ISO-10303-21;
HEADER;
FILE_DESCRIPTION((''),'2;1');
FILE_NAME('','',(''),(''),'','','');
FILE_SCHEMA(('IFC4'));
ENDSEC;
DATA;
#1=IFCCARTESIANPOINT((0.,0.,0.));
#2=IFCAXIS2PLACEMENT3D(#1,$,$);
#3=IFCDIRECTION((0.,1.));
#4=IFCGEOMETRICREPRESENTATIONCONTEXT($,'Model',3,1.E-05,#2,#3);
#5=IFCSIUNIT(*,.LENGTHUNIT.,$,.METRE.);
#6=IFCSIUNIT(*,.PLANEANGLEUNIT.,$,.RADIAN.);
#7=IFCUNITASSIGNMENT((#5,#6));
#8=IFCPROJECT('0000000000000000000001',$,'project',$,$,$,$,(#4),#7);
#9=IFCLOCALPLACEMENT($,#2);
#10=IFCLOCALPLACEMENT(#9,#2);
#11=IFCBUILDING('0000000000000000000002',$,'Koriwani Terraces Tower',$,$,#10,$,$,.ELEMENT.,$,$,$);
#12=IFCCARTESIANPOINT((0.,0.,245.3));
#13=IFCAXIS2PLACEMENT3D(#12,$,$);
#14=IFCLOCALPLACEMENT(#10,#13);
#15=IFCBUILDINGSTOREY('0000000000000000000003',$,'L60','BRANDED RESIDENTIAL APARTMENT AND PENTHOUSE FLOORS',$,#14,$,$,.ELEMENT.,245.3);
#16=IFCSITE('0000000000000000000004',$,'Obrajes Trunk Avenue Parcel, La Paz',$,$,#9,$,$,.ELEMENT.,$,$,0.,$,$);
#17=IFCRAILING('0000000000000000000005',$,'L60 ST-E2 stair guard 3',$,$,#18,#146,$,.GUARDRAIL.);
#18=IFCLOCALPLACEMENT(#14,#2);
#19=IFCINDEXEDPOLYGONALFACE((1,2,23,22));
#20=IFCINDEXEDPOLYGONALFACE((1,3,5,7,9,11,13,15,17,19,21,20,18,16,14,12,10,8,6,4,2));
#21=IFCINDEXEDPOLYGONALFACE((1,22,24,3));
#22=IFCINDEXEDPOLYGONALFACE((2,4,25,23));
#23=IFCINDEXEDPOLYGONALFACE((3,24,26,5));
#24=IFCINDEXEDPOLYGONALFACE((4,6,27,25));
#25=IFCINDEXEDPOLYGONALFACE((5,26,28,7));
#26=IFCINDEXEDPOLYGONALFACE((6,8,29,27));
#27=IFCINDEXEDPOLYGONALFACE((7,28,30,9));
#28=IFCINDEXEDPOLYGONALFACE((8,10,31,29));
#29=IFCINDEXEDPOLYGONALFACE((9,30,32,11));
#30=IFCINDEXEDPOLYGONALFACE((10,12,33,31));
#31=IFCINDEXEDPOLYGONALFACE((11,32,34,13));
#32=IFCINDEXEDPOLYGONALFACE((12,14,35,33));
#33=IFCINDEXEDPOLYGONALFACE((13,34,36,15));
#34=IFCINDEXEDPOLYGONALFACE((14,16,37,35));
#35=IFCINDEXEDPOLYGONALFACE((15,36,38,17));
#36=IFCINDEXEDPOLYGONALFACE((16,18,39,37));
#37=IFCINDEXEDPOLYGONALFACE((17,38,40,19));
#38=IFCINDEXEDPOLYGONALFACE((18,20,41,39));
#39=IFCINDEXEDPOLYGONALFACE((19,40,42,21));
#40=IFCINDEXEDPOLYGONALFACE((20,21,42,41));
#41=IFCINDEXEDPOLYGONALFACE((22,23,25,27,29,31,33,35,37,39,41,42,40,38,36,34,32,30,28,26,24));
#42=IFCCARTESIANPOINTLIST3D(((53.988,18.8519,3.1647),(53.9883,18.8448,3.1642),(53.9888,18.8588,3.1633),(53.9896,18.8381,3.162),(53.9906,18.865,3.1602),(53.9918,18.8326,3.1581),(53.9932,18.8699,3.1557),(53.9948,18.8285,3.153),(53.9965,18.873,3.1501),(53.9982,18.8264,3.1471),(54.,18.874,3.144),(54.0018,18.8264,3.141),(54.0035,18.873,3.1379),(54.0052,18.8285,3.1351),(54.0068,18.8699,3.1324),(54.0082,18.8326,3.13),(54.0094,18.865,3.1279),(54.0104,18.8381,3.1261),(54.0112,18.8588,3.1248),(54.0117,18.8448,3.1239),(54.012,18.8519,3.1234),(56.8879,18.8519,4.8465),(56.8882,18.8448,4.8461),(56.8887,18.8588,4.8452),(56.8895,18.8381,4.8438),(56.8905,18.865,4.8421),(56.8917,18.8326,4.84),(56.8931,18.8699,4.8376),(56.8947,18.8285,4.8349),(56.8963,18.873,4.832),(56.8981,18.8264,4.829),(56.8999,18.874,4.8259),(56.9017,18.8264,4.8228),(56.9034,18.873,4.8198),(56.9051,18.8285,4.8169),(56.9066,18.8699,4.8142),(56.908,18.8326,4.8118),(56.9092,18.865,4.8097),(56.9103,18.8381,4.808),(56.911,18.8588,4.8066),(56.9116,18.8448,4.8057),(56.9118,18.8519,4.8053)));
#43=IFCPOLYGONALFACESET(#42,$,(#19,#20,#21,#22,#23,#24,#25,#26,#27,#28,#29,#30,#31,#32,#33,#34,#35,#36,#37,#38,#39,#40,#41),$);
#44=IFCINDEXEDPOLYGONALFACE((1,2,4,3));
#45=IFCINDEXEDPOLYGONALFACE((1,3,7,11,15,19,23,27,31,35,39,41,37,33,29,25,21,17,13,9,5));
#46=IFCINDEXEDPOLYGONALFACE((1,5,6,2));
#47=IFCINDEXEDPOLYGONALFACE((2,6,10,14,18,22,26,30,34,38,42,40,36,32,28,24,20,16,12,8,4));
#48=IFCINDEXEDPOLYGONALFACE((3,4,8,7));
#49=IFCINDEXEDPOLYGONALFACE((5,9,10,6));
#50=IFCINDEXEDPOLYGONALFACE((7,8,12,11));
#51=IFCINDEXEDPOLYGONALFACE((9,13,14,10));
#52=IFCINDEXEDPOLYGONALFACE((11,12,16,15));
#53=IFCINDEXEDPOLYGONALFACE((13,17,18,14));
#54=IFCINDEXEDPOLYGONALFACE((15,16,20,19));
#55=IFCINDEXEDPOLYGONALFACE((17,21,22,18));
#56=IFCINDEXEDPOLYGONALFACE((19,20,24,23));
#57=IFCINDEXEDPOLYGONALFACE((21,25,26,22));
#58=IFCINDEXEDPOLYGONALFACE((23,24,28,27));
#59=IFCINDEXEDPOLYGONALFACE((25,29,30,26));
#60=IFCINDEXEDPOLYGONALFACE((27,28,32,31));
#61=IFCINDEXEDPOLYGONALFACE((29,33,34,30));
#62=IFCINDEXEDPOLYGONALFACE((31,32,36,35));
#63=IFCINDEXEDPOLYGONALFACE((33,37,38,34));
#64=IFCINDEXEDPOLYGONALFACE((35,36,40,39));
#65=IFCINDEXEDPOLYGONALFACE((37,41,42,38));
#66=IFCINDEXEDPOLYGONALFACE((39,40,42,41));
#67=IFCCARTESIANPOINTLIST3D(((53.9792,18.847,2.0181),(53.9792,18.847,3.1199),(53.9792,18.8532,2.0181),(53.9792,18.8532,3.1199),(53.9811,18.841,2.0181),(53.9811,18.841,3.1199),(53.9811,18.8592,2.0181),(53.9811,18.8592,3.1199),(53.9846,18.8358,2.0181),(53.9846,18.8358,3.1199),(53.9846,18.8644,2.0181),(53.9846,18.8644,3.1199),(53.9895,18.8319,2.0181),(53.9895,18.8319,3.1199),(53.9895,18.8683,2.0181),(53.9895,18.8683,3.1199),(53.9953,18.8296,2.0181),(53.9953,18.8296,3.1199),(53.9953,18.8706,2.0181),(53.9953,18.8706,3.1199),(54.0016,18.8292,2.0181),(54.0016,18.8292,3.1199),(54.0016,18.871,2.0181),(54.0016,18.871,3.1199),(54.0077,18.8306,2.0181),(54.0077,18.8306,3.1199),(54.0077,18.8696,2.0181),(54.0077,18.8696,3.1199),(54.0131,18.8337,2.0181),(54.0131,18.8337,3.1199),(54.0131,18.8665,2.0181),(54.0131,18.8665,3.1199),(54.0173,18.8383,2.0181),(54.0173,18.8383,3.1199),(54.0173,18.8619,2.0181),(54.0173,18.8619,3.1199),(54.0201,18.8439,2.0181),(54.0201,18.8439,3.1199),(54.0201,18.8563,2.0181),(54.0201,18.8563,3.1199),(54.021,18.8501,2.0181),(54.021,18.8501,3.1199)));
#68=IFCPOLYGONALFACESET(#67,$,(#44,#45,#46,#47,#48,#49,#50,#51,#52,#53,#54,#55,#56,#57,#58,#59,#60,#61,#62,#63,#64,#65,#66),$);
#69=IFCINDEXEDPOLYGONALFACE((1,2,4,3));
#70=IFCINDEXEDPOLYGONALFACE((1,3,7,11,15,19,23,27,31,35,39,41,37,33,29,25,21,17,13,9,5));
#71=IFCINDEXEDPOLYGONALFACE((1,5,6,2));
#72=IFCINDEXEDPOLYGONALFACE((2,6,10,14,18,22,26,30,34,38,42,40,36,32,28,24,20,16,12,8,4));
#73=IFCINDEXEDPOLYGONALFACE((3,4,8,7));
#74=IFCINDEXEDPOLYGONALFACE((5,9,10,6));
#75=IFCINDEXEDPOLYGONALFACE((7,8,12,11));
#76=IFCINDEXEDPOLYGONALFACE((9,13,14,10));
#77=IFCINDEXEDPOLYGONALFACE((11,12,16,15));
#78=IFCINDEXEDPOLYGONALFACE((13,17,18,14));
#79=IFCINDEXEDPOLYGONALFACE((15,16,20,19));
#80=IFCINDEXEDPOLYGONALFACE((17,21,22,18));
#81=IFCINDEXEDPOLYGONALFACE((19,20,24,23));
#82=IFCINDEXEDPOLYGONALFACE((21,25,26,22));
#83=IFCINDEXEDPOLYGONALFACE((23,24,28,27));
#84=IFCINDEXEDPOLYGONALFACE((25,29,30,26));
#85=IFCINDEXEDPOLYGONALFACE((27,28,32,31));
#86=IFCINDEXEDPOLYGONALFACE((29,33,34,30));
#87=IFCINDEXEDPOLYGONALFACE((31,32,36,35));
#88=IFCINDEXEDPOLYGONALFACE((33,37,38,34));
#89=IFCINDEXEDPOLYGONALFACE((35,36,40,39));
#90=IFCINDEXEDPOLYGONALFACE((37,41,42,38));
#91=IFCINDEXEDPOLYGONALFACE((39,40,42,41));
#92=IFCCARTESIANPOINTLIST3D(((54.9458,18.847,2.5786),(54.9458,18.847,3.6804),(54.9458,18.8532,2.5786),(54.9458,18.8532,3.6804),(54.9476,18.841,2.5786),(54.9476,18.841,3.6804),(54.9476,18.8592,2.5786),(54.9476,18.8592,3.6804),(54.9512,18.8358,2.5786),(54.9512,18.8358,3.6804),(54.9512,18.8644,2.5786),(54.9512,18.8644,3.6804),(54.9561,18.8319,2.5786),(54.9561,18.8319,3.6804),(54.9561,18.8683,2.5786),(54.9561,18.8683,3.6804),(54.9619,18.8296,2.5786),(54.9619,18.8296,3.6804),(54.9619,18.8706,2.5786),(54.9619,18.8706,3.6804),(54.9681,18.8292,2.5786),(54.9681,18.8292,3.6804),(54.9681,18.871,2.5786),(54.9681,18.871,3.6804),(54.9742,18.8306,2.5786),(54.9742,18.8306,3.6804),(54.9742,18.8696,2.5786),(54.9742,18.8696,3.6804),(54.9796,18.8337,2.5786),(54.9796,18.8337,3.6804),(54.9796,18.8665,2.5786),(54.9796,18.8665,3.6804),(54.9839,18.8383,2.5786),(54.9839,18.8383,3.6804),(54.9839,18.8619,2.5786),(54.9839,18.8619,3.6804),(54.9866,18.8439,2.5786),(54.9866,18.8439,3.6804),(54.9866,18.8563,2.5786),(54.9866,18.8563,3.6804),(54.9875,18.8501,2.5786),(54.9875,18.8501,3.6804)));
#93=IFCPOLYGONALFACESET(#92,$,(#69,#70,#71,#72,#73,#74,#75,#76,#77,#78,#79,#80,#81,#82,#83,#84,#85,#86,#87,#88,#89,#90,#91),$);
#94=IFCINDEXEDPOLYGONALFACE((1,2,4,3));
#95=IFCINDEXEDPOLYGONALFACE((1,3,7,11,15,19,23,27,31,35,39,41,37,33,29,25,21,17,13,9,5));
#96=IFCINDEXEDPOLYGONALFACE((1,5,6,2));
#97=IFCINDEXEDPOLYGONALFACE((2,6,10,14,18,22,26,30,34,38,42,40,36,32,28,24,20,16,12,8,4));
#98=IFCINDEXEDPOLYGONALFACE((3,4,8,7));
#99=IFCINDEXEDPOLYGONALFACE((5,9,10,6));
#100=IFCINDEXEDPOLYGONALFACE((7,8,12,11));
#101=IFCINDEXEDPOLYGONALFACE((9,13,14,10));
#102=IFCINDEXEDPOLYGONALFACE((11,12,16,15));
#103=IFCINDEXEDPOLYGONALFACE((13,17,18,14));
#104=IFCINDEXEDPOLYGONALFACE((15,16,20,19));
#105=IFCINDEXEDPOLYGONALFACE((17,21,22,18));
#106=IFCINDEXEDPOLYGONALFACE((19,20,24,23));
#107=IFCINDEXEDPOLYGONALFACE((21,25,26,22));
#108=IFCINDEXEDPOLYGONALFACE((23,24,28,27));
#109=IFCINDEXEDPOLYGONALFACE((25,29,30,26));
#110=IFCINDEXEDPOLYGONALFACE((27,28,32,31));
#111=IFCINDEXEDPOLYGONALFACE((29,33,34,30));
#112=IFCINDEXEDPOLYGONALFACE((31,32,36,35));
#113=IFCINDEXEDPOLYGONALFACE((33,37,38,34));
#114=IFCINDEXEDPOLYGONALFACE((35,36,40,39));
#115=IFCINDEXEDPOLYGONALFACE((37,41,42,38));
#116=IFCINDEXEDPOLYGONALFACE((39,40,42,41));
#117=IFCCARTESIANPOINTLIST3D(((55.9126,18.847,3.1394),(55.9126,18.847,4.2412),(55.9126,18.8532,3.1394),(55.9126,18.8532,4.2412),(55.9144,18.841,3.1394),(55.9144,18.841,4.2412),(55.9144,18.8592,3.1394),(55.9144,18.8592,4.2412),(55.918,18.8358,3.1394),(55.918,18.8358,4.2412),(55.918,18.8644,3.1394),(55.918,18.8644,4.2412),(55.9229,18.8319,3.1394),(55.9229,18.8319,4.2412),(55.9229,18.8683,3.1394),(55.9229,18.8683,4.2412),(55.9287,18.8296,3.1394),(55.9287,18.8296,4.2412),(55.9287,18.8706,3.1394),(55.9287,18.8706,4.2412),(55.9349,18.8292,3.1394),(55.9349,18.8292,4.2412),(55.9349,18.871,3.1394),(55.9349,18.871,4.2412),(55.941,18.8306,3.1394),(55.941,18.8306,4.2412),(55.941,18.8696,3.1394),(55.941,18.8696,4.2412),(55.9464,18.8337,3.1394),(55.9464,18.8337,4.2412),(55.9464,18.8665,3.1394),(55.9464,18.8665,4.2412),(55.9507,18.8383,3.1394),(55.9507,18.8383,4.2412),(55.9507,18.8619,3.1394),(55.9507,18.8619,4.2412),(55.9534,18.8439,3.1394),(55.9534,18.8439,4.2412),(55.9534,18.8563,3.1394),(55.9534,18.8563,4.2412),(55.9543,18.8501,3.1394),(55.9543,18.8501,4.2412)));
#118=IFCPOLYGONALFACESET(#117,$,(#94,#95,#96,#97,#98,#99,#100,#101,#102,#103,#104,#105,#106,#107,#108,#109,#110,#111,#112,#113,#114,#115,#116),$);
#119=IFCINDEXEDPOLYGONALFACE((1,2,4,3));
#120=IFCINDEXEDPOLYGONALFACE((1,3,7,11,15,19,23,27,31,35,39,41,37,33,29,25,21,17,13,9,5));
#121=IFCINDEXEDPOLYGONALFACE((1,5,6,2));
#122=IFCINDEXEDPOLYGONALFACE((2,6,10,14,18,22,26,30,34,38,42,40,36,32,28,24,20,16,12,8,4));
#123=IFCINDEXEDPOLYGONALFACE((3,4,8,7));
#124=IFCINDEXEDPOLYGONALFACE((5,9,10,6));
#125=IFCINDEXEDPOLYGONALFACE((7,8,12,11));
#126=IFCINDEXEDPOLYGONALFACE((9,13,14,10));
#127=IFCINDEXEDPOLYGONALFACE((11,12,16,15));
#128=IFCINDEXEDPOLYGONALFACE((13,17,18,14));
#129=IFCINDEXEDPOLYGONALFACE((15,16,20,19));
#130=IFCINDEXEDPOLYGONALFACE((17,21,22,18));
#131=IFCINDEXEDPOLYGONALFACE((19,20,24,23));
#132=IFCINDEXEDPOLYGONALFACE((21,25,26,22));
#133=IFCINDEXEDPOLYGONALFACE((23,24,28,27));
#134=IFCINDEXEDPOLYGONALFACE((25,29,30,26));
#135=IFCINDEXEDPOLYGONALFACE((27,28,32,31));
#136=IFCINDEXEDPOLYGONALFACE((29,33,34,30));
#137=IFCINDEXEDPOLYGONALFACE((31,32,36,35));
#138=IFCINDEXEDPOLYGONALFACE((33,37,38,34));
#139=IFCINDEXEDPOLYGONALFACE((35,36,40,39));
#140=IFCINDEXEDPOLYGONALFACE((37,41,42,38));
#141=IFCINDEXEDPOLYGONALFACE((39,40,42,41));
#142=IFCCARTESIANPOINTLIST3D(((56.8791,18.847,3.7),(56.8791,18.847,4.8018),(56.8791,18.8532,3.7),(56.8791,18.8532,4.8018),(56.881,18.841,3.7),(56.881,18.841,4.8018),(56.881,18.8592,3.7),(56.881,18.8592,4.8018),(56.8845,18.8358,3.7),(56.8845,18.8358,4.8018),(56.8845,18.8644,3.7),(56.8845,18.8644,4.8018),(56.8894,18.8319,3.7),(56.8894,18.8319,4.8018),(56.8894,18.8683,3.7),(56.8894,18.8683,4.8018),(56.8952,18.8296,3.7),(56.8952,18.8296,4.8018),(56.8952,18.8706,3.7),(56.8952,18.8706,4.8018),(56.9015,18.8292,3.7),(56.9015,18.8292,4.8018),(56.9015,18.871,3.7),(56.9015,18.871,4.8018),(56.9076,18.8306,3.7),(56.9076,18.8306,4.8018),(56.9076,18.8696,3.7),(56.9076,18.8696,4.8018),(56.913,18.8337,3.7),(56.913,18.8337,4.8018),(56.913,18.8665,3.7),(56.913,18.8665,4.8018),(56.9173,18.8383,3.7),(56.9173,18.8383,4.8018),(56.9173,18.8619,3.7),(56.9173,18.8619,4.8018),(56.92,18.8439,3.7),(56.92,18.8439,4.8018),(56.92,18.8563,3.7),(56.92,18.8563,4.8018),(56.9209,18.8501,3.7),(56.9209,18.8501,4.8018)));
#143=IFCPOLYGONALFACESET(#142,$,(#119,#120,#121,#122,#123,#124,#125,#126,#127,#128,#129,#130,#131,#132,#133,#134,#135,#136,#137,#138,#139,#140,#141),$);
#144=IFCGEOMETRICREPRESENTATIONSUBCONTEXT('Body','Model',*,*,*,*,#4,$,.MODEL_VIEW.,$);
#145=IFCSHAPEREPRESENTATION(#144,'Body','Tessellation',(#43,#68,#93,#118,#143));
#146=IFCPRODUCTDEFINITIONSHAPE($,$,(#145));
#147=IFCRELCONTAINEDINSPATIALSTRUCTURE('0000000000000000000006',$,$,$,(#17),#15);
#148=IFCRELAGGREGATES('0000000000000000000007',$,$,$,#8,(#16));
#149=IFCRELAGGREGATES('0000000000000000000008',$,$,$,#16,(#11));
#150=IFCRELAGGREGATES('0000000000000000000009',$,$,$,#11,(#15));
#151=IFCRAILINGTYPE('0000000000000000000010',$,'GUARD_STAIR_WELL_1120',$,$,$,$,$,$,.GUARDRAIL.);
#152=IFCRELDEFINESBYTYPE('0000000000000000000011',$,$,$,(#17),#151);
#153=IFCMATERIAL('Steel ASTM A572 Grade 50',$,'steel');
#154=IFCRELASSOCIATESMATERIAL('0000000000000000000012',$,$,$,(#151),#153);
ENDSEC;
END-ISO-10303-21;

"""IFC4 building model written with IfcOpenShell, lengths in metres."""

from ifc_helpers import new_model, si_unit, direction, frame, origin, origin_2d, place, context, subcontext, project, spatial, circle, extrude, material, type_object, element, save


model = new_model("IFC4")

# Units and contexts
model_context = context("Model", 3, precision=1e-05, world=origin(), true_north=direction((0.0, 1.0)))
body_context = subcontext(model_context, "Body", "Model", "MODEL_VIEW")
ifc_project = project(units=[si_unit("LENGTHUNIT", "METRE"), si_unit("PLANEANGLEUNIT", "RADIAN")], contexts=[model_context])

# Site, building, storey
site_placement = place(None, origin())
site = spatial("IfcSite", under=ifc_project, at=site_placement, Name="Obrajes Trunk Avenue Parcel, La Paz", CompositionType="ELEMENT", RefElevation=0.0)
building_placement = place(site_placement, origin())
building = spatial("IfcBuilding", under=site, at=building_placement, Name="Koriwani Terraces Tower", CompositionType="ELEMENT")
storey_placement = place(building_placement, frame((0.0, 0.0, 245.3)))
storey = spatial("IfcBuildingStorey", under=building, at=storey_placement, Name="L60", Description="BRANDED RESIDENTIAL APARTMENT AND PENTHOUSE FLOORS", CompositionType="ELEMENT", Elevation=245.3)

# Shared definitions
ifc_material_1 = material(Name="Steel ASTM A572 Grade 50", Category="steel")

# Railing
railing_type_1 = type_object("IfcRailingType", Name="GUARD_STAIR_WELL_1120", PredefinedType="GUARDRAIL", material=ifc_material_1)
railing_1_placement = place(storey_placement, frame((54.0, 18.8501, 2.0181)))
element("IfcRailing", 1, at=railing_1_placement, inside=storey, type_object=railing_type_1, Name="L60 ST-E2 stair guard 3", PredefinedType="GUARDRAIL", context=body_context, shape_type="SweptSolid", body=[
    extrude(circle(Radius=0.0239, at=origin_2d()), frame((0.0, 0.0, 1.126), z_axis=(0.865039, 0.0, 0.501705), x_axis=(0.0, 1.0, 0.0)), (0.0, 0.0, 1.0), 3.3523),
    extrude(circle(Radius=0.021, at=origin_2d()), origin(), (0.0, 0.0, 1.0), 1.1018),
    extrude(circle(Radius=0.021, at=origin_2d()), frame((0.9666, 0.0, 0.5605)), (0.0, 0.0, 1.0), 1.1018),
    extrude(circle(Radius=0.021, at=origin_2d()), frame((1.9333, 0.0, 1.1213)), (0.0, 0.0, 1.0), 1.1018),
    extrude(circle(Radius=0.021, at=origin_2d()), frame((2.8999, 0.0, 1.6819)), (0.0, 0.0, 1.0), 1.1018),
])

save(model, "model.ifc")
